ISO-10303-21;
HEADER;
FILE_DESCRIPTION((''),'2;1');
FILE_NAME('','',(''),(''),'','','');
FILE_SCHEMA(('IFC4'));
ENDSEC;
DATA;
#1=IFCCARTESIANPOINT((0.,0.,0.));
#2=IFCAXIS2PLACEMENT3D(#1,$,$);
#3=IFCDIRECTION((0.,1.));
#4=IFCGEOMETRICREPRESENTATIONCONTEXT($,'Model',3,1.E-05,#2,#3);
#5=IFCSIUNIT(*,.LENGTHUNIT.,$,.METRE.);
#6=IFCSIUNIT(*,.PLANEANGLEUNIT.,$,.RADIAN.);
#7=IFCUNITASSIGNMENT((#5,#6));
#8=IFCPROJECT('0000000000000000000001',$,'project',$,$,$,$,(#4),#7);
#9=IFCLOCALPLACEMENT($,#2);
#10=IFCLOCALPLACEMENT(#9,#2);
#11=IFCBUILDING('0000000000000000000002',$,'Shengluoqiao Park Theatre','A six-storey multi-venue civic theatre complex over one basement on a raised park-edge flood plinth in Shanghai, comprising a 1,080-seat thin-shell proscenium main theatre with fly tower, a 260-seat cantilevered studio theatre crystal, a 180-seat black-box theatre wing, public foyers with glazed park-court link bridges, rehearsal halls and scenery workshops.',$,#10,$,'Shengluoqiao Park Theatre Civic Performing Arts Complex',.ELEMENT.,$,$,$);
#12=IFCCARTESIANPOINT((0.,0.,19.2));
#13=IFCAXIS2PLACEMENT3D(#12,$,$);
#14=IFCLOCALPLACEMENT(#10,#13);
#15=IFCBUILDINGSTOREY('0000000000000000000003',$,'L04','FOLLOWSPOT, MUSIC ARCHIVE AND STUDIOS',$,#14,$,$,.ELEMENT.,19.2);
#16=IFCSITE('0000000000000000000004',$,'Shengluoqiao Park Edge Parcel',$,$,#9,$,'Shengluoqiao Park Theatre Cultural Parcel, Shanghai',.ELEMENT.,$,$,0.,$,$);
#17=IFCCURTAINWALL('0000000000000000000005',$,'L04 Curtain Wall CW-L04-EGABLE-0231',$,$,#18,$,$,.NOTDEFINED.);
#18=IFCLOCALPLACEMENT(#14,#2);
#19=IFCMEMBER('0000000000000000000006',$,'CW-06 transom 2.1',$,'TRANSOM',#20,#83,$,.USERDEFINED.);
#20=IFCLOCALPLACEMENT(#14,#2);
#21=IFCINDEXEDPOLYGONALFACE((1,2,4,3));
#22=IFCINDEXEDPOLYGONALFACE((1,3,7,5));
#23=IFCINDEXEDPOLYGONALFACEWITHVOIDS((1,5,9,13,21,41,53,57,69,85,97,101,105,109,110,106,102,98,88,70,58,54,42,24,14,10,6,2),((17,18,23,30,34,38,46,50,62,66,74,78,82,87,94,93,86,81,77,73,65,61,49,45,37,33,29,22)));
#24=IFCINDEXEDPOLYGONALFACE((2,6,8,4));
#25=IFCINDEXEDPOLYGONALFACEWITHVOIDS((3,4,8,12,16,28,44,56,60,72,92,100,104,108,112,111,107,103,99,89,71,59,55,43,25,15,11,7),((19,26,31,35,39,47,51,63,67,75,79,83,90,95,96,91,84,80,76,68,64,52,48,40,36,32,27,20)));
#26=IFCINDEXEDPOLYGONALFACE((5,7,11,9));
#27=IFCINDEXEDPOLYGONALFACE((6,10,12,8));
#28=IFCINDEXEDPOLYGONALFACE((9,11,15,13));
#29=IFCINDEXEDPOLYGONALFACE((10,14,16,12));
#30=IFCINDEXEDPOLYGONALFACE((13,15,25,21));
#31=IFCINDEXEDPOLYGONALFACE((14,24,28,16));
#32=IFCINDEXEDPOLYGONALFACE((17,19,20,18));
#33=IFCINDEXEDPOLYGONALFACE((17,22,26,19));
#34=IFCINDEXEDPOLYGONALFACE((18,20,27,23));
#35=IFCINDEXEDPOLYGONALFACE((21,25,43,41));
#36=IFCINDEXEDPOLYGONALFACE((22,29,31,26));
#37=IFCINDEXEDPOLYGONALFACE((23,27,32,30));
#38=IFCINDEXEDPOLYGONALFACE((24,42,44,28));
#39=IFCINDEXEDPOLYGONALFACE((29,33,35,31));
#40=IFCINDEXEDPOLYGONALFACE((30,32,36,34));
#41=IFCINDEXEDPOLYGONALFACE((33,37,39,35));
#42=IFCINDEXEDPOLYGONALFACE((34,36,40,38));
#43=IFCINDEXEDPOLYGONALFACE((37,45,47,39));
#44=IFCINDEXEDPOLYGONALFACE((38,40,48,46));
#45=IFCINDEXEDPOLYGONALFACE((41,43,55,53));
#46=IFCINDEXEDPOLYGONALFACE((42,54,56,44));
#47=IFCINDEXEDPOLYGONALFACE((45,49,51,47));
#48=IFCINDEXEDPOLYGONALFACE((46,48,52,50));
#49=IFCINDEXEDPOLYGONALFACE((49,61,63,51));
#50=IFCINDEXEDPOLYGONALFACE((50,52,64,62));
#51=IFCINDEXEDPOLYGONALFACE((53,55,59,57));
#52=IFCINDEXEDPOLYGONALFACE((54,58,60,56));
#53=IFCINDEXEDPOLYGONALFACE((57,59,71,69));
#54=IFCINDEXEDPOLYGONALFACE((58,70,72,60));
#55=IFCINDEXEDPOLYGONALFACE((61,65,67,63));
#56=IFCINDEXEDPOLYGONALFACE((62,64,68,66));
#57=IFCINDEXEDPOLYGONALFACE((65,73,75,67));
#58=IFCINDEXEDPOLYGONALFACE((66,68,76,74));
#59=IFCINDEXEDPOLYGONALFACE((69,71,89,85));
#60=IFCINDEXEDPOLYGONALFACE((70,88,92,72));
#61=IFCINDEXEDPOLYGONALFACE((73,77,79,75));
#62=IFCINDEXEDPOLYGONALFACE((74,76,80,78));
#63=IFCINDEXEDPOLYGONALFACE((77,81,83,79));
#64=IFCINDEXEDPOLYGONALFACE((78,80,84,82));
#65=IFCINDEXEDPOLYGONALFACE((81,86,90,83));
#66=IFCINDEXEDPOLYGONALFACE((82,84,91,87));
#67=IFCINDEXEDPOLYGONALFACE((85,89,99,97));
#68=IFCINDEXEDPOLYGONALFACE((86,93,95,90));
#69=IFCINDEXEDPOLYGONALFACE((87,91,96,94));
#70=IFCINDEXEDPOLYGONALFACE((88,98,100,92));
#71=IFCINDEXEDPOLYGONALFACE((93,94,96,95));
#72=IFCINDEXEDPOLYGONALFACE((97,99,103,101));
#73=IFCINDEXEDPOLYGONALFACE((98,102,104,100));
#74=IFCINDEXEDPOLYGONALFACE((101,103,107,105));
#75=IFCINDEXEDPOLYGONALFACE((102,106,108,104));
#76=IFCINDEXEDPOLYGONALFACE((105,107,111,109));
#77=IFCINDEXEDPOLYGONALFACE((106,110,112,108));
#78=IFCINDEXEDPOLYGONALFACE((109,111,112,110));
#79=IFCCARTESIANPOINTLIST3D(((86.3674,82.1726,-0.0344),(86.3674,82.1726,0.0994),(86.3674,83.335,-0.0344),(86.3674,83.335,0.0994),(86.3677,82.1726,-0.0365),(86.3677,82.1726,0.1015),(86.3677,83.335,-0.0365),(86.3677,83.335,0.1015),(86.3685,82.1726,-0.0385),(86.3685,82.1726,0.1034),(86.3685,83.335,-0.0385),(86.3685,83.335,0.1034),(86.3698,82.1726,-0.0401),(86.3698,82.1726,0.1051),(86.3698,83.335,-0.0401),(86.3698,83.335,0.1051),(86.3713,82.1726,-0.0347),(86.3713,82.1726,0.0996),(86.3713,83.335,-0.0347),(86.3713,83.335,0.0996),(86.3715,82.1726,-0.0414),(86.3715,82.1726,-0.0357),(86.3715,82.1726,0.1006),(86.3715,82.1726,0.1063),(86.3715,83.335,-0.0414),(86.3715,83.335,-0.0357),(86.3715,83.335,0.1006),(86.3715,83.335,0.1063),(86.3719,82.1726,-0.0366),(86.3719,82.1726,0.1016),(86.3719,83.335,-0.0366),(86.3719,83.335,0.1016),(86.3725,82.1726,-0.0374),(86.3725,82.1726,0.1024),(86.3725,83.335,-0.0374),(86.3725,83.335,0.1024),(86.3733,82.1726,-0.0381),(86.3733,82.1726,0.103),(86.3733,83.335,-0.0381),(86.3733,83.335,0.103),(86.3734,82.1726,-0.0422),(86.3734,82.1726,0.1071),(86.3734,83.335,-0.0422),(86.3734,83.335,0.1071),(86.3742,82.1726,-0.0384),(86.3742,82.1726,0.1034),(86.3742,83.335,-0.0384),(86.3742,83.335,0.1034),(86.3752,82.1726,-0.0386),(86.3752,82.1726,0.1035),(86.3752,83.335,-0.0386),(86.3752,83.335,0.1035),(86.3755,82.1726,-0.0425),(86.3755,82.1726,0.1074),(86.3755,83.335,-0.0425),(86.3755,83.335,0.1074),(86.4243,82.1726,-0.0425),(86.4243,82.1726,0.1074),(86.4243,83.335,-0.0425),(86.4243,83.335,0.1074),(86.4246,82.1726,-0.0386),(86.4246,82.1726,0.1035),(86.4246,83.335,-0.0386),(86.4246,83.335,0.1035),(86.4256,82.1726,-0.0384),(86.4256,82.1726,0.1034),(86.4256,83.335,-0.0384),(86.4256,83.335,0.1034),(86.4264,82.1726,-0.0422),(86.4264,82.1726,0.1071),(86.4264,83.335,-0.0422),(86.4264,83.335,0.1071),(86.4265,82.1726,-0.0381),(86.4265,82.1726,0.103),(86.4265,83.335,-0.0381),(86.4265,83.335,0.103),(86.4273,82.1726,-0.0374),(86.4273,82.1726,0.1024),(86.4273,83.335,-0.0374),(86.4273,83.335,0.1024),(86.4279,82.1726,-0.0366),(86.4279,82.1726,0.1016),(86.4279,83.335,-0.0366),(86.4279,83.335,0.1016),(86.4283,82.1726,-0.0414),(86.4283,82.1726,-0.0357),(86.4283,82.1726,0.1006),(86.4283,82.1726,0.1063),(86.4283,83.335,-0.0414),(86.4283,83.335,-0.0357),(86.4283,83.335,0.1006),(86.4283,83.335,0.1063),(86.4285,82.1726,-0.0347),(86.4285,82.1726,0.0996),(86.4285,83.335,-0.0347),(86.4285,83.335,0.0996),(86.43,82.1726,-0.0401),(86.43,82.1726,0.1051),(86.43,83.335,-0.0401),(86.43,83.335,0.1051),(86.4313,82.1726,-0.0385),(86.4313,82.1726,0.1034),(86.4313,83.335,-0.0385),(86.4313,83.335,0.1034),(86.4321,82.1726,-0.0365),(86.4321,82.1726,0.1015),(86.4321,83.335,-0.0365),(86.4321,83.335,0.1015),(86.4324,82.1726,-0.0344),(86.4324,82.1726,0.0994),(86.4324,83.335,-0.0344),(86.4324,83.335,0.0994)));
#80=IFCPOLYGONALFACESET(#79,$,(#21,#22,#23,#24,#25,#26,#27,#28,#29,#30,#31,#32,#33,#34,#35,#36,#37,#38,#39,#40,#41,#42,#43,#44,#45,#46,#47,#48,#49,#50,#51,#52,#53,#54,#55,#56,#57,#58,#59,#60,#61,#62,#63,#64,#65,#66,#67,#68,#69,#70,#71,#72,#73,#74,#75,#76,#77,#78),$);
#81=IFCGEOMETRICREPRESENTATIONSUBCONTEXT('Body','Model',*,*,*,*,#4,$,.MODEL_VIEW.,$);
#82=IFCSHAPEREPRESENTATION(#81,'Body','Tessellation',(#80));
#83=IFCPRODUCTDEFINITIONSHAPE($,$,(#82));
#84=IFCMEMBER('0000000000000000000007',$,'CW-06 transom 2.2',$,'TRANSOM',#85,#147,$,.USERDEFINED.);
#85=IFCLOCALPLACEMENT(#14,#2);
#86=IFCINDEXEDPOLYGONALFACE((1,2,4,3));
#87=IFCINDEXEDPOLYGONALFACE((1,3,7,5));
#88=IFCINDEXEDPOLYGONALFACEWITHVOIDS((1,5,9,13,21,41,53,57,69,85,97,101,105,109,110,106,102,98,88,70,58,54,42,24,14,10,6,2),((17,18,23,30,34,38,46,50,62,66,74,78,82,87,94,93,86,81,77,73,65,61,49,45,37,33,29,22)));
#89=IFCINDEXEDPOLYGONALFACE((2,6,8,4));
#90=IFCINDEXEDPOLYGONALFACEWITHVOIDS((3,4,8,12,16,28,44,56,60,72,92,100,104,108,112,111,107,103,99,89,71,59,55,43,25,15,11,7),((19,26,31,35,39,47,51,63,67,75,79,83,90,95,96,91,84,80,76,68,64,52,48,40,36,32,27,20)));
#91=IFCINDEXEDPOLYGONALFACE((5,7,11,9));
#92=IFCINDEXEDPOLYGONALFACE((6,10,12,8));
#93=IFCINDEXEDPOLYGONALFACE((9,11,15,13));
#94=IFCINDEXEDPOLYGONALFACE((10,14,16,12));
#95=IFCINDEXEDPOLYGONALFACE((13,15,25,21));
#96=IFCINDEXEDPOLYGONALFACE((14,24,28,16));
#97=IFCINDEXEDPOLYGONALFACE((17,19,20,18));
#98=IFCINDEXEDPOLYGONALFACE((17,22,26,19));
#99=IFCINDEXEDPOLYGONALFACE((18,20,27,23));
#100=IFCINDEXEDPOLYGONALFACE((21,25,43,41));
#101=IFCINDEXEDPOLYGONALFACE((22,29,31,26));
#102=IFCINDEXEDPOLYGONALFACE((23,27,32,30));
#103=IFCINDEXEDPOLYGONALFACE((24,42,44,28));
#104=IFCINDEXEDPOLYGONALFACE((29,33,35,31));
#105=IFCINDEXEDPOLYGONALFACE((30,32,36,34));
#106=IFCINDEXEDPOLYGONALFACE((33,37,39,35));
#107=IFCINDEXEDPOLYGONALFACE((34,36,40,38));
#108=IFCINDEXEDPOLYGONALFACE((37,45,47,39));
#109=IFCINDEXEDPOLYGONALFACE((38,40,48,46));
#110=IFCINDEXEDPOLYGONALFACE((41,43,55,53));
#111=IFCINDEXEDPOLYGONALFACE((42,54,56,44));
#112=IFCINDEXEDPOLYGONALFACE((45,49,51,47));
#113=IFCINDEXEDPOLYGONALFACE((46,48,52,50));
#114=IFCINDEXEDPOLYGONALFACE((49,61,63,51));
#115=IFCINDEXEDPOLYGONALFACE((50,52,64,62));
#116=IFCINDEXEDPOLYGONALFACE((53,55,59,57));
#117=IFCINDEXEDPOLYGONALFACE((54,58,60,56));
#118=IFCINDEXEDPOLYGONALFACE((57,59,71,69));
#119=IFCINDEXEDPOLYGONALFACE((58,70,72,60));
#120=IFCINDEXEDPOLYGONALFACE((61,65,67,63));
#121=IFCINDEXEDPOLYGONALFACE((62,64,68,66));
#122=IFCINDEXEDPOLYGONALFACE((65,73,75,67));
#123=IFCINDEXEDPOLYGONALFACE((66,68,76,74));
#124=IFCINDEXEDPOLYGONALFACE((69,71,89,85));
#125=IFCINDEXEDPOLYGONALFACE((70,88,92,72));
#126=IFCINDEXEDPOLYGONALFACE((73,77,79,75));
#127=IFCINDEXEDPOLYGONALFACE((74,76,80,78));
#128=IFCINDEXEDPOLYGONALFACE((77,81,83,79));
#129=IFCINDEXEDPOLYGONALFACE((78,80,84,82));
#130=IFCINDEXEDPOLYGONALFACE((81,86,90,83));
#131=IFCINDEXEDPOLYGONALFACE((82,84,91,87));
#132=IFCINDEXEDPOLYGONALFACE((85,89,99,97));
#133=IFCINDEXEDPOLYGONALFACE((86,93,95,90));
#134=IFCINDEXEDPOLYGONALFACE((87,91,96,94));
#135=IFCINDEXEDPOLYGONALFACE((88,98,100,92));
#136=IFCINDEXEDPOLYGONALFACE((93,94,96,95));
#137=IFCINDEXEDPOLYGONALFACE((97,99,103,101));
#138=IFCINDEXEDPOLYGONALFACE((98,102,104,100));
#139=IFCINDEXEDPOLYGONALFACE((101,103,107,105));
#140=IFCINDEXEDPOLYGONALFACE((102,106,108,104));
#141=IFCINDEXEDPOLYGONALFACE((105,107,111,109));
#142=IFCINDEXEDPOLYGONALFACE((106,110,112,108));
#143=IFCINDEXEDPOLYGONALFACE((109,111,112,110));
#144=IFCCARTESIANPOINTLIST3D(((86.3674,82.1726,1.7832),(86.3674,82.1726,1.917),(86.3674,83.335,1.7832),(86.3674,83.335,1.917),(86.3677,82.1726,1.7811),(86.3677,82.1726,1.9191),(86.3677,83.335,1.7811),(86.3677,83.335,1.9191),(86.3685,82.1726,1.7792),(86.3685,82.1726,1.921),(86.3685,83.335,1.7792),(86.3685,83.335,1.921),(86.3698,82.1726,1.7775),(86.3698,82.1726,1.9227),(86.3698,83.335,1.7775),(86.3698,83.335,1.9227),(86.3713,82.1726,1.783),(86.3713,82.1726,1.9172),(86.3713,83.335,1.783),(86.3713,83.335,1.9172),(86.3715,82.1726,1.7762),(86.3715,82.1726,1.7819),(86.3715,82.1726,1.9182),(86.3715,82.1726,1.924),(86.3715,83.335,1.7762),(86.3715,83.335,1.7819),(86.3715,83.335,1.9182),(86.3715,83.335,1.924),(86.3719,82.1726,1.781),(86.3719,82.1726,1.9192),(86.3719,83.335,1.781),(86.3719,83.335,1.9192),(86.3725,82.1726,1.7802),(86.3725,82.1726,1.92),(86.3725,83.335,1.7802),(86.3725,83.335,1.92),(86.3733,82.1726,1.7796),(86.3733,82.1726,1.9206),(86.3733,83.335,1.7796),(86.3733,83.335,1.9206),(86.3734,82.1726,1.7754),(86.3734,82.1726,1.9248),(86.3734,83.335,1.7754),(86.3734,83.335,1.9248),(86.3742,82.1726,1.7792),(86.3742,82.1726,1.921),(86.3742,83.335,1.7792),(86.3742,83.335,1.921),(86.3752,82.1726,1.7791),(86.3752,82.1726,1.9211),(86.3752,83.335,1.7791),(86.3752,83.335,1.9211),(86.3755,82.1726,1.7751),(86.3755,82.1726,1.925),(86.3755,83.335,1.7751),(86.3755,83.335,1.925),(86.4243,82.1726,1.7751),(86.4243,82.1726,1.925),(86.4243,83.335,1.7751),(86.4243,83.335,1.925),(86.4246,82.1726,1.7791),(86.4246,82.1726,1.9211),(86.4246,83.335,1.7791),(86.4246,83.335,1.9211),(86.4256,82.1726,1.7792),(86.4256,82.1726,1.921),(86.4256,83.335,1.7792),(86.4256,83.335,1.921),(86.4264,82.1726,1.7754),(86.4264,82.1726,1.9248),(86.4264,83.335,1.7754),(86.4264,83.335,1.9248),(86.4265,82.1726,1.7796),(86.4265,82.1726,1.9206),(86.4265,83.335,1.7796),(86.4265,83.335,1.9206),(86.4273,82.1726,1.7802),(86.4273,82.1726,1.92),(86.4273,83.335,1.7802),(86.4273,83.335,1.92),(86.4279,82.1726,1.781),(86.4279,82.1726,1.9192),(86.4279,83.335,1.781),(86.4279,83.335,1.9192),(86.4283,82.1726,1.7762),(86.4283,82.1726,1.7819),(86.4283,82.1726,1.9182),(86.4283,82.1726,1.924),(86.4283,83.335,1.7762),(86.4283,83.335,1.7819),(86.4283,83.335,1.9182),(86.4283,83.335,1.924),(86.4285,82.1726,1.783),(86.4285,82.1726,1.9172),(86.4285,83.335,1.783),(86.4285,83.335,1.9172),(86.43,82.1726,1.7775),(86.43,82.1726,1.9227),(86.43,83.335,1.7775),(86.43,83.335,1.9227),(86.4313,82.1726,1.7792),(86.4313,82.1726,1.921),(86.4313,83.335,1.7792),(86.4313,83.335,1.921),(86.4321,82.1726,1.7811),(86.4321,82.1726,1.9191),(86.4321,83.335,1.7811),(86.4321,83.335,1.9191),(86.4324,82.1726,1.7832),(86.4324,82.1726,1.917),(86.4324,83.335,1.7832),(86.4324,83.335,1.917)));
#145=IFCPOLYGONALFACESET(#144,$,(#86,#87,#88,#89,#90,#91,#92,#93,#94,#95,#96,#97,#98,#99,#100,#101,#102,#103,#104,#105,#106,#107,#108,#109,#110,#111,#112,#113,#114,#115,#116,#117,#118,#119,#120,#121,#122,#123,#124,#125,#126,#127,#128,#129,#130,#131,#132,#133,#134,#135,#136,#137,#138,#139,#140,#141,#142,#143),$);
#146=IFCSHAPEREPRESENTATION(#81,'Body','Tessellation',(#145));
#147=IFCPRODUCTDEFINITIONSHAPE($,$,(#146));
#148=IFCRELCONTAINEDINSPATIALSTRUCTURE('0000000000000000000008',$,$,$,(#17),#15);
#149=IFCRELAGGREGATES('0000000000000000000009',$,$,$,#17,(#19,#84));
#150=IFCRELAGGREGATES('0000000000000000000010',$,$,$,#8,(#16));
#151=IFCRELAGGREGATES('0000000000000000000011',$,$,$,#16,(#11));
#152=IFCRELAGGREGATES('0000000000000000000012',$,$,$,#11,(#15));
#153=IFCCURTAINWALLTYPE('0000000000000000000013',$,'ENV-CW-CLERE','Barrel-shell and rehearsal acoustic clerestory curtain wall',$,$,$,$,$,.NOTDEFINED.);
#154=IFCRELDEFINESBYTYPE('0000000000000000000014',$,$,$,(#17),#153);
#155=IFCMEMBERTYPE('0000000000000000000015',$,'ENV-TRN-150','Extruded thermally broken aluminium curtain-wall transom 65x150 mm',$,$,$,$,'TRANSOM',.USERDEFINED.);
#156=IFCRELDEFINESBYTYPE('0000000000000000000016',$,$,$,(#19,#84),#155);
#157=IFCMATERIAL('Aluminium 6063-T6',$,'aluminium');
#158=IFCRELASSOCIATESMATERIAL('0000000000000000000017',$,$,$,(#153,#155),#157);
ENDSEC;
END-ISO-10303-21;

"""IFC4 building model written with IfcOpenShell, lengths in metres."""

from ifc_helpers import new_model, si_unit, direction, frame, origin, origin_2d, place, context, subcontext, project, spatial, hollow_rectangle, extrude, material, material_profile, profile_set, type_object, element, aggregate, save


model = new_model("IFC4")

# Units and contexts
model_context = context("Model", 3, precision=1e-05, world=origin(), true_north=direction((0.0, 1.0)))
body_context = subcontext(model_context, "Body", "Model", "MODEL_VIEW")
ifc_project = project(units=[si_unit("LENGTHUNIT", "METRE"), si_unit("PLANEANGLEUNIT", "RADIAN")], contexts=[model_context])

# Site, building, storey
site_placement = place(None, origin())
site = spatial("IfcSite", under=ifc_project, at=site_placement, Name="Shengluoqiao Park Edge Parcel", LongName="Shengluoqiao Park Theatre Cultural Parcel, Shanghai", CompositionType="ELEMENT", RefElevation=0.0)
building_placement = place(site_placement, origin())
building = spatial("IfcBuilding", under=site, at=building_placement, Name="Shengluoqiao Park Theatre", Description="A six-storey multi-venue civic theatre complex over one basement on a raised park-edge flood plinth in Shanghai, comprising a 1,080-seat thin-shell proscenium main theatre with fly tower, a 260-seat cantilevered studio theatre crystal, a 180-seat black-box theatre wing, public foyers with glazed park-court link bridges, rehearsal halls and scenery workshops.", LongName="Shengluoqiao Park Theatre Civic Performing Arts Complex", CompositionType="ELEMENT")
storey_placement = place(building_placement, frame((0.0, 0.0, 19.2)))
storey = spatial("IfcBuildingStorey", under=building, at=storey_placement, Name="L04", Description="FOLLOWSPOT, MUSIC ARCHIVE AND STUDIOS", CompositionType="ELEMENT", Elevation=19.2)

# Shared definitions
ifc_material_1 = material(Name="Aluminium 6063-T6", Category="aluminium")
curtain_wall_type = type_object("IfcCurtainWallType", Name="ENV-CW-CLERE", Description="Barrel-shell and rehearsal acoustic clerestory curtain wall", PredefinedType="NOTDEFINED", material=ifc_material_1)

# Curtain wall, members
curtain_wall_1_placement = place(storey_placement, origin())
curtain_wall_1 = element("IfcCurtainWall", 1, at=curtain_wall_1_placement, inside=storey, type_object=curtain_wall_type, Name="L04 Curtain Wall CW-L04-EGABLE-0231", PredefinedType="NOTDEFINED")
ifc_material_profile_1 = material_profile(ifc_material_1, hollow_rectangle(XDim=0.0649, YDim=0.1499, WallThickness=0.0039, InnerFilletRadius=0.0039, OuterFilletRadius=0.0081, at=origin_2d()), Name="ALU TRANSOM 150x65x4")
ifc_profile_set_1 = profile_set([ifc_material_profile_1], Name="Aluminium 6063-T6")
member_type_1 = type_object("IfcMemberType", Name="ENV-TRN-150", Description="Extruded thermally broken aluminium curtain-wall transom 65x150 mm", ElementType="TRANSOM", PredefinedType="USERDEFINED", material=ifc_profile_set_1)
member_1_placement = place(storey_placement, frame((86.3999, 82.1726, 0.0325), z_axis=(0.0, 1.0, 0.0), x_axis=(-1.0, 0.0, 0.0)))
member_1 = element("IfcMember", 2, at=member_1_placement, type_object=member_type_1, Name="CW-06 transom 2.1", ObjectType="TRANSOM", PredefinedType="USERDEFINED", context=body_context, shape_type="SweptSolid", body=[
    extrude(hollow_rectangle(XDim=0.0649, YDim=0.1499, WallThickness=0.0039, InnerFilletRadius=0.0039, OuterFilletRadius=0.0081, at=origin_2d()), origin(), (0.0, 0.0, 1.0), 1.1624),
])
member_2_placement = place(storey_placement, frame((86.3999, 82.1726, 1.8501), z_axis=(0.0, 1.0, 0.0), x_axis=(-1.0, 0.0, 0.0)))
member_2 = element("IfcMember", 3, at=member_2_placement, type_object=member_type_1, Name="CW-06 transom 2.2", ObjectType="TRANSOM", PredefinedType="USERDEFINED", context=body_context, shape_type="SweptSolid", body=[
    extrude(hollow_rectangle(XDim=0.0649, YDim=0.1499, WallThickness=0.0039, InnerFilletRadius=0.0039, OuterFilletRadius=0.0081, at=origin_2d()), origin(), (0.0, 0.0, 1.0), 1.1624),
])

aggregate(curtain_wall_1, [member_1, member_2])

save(model, "model.ifc")
